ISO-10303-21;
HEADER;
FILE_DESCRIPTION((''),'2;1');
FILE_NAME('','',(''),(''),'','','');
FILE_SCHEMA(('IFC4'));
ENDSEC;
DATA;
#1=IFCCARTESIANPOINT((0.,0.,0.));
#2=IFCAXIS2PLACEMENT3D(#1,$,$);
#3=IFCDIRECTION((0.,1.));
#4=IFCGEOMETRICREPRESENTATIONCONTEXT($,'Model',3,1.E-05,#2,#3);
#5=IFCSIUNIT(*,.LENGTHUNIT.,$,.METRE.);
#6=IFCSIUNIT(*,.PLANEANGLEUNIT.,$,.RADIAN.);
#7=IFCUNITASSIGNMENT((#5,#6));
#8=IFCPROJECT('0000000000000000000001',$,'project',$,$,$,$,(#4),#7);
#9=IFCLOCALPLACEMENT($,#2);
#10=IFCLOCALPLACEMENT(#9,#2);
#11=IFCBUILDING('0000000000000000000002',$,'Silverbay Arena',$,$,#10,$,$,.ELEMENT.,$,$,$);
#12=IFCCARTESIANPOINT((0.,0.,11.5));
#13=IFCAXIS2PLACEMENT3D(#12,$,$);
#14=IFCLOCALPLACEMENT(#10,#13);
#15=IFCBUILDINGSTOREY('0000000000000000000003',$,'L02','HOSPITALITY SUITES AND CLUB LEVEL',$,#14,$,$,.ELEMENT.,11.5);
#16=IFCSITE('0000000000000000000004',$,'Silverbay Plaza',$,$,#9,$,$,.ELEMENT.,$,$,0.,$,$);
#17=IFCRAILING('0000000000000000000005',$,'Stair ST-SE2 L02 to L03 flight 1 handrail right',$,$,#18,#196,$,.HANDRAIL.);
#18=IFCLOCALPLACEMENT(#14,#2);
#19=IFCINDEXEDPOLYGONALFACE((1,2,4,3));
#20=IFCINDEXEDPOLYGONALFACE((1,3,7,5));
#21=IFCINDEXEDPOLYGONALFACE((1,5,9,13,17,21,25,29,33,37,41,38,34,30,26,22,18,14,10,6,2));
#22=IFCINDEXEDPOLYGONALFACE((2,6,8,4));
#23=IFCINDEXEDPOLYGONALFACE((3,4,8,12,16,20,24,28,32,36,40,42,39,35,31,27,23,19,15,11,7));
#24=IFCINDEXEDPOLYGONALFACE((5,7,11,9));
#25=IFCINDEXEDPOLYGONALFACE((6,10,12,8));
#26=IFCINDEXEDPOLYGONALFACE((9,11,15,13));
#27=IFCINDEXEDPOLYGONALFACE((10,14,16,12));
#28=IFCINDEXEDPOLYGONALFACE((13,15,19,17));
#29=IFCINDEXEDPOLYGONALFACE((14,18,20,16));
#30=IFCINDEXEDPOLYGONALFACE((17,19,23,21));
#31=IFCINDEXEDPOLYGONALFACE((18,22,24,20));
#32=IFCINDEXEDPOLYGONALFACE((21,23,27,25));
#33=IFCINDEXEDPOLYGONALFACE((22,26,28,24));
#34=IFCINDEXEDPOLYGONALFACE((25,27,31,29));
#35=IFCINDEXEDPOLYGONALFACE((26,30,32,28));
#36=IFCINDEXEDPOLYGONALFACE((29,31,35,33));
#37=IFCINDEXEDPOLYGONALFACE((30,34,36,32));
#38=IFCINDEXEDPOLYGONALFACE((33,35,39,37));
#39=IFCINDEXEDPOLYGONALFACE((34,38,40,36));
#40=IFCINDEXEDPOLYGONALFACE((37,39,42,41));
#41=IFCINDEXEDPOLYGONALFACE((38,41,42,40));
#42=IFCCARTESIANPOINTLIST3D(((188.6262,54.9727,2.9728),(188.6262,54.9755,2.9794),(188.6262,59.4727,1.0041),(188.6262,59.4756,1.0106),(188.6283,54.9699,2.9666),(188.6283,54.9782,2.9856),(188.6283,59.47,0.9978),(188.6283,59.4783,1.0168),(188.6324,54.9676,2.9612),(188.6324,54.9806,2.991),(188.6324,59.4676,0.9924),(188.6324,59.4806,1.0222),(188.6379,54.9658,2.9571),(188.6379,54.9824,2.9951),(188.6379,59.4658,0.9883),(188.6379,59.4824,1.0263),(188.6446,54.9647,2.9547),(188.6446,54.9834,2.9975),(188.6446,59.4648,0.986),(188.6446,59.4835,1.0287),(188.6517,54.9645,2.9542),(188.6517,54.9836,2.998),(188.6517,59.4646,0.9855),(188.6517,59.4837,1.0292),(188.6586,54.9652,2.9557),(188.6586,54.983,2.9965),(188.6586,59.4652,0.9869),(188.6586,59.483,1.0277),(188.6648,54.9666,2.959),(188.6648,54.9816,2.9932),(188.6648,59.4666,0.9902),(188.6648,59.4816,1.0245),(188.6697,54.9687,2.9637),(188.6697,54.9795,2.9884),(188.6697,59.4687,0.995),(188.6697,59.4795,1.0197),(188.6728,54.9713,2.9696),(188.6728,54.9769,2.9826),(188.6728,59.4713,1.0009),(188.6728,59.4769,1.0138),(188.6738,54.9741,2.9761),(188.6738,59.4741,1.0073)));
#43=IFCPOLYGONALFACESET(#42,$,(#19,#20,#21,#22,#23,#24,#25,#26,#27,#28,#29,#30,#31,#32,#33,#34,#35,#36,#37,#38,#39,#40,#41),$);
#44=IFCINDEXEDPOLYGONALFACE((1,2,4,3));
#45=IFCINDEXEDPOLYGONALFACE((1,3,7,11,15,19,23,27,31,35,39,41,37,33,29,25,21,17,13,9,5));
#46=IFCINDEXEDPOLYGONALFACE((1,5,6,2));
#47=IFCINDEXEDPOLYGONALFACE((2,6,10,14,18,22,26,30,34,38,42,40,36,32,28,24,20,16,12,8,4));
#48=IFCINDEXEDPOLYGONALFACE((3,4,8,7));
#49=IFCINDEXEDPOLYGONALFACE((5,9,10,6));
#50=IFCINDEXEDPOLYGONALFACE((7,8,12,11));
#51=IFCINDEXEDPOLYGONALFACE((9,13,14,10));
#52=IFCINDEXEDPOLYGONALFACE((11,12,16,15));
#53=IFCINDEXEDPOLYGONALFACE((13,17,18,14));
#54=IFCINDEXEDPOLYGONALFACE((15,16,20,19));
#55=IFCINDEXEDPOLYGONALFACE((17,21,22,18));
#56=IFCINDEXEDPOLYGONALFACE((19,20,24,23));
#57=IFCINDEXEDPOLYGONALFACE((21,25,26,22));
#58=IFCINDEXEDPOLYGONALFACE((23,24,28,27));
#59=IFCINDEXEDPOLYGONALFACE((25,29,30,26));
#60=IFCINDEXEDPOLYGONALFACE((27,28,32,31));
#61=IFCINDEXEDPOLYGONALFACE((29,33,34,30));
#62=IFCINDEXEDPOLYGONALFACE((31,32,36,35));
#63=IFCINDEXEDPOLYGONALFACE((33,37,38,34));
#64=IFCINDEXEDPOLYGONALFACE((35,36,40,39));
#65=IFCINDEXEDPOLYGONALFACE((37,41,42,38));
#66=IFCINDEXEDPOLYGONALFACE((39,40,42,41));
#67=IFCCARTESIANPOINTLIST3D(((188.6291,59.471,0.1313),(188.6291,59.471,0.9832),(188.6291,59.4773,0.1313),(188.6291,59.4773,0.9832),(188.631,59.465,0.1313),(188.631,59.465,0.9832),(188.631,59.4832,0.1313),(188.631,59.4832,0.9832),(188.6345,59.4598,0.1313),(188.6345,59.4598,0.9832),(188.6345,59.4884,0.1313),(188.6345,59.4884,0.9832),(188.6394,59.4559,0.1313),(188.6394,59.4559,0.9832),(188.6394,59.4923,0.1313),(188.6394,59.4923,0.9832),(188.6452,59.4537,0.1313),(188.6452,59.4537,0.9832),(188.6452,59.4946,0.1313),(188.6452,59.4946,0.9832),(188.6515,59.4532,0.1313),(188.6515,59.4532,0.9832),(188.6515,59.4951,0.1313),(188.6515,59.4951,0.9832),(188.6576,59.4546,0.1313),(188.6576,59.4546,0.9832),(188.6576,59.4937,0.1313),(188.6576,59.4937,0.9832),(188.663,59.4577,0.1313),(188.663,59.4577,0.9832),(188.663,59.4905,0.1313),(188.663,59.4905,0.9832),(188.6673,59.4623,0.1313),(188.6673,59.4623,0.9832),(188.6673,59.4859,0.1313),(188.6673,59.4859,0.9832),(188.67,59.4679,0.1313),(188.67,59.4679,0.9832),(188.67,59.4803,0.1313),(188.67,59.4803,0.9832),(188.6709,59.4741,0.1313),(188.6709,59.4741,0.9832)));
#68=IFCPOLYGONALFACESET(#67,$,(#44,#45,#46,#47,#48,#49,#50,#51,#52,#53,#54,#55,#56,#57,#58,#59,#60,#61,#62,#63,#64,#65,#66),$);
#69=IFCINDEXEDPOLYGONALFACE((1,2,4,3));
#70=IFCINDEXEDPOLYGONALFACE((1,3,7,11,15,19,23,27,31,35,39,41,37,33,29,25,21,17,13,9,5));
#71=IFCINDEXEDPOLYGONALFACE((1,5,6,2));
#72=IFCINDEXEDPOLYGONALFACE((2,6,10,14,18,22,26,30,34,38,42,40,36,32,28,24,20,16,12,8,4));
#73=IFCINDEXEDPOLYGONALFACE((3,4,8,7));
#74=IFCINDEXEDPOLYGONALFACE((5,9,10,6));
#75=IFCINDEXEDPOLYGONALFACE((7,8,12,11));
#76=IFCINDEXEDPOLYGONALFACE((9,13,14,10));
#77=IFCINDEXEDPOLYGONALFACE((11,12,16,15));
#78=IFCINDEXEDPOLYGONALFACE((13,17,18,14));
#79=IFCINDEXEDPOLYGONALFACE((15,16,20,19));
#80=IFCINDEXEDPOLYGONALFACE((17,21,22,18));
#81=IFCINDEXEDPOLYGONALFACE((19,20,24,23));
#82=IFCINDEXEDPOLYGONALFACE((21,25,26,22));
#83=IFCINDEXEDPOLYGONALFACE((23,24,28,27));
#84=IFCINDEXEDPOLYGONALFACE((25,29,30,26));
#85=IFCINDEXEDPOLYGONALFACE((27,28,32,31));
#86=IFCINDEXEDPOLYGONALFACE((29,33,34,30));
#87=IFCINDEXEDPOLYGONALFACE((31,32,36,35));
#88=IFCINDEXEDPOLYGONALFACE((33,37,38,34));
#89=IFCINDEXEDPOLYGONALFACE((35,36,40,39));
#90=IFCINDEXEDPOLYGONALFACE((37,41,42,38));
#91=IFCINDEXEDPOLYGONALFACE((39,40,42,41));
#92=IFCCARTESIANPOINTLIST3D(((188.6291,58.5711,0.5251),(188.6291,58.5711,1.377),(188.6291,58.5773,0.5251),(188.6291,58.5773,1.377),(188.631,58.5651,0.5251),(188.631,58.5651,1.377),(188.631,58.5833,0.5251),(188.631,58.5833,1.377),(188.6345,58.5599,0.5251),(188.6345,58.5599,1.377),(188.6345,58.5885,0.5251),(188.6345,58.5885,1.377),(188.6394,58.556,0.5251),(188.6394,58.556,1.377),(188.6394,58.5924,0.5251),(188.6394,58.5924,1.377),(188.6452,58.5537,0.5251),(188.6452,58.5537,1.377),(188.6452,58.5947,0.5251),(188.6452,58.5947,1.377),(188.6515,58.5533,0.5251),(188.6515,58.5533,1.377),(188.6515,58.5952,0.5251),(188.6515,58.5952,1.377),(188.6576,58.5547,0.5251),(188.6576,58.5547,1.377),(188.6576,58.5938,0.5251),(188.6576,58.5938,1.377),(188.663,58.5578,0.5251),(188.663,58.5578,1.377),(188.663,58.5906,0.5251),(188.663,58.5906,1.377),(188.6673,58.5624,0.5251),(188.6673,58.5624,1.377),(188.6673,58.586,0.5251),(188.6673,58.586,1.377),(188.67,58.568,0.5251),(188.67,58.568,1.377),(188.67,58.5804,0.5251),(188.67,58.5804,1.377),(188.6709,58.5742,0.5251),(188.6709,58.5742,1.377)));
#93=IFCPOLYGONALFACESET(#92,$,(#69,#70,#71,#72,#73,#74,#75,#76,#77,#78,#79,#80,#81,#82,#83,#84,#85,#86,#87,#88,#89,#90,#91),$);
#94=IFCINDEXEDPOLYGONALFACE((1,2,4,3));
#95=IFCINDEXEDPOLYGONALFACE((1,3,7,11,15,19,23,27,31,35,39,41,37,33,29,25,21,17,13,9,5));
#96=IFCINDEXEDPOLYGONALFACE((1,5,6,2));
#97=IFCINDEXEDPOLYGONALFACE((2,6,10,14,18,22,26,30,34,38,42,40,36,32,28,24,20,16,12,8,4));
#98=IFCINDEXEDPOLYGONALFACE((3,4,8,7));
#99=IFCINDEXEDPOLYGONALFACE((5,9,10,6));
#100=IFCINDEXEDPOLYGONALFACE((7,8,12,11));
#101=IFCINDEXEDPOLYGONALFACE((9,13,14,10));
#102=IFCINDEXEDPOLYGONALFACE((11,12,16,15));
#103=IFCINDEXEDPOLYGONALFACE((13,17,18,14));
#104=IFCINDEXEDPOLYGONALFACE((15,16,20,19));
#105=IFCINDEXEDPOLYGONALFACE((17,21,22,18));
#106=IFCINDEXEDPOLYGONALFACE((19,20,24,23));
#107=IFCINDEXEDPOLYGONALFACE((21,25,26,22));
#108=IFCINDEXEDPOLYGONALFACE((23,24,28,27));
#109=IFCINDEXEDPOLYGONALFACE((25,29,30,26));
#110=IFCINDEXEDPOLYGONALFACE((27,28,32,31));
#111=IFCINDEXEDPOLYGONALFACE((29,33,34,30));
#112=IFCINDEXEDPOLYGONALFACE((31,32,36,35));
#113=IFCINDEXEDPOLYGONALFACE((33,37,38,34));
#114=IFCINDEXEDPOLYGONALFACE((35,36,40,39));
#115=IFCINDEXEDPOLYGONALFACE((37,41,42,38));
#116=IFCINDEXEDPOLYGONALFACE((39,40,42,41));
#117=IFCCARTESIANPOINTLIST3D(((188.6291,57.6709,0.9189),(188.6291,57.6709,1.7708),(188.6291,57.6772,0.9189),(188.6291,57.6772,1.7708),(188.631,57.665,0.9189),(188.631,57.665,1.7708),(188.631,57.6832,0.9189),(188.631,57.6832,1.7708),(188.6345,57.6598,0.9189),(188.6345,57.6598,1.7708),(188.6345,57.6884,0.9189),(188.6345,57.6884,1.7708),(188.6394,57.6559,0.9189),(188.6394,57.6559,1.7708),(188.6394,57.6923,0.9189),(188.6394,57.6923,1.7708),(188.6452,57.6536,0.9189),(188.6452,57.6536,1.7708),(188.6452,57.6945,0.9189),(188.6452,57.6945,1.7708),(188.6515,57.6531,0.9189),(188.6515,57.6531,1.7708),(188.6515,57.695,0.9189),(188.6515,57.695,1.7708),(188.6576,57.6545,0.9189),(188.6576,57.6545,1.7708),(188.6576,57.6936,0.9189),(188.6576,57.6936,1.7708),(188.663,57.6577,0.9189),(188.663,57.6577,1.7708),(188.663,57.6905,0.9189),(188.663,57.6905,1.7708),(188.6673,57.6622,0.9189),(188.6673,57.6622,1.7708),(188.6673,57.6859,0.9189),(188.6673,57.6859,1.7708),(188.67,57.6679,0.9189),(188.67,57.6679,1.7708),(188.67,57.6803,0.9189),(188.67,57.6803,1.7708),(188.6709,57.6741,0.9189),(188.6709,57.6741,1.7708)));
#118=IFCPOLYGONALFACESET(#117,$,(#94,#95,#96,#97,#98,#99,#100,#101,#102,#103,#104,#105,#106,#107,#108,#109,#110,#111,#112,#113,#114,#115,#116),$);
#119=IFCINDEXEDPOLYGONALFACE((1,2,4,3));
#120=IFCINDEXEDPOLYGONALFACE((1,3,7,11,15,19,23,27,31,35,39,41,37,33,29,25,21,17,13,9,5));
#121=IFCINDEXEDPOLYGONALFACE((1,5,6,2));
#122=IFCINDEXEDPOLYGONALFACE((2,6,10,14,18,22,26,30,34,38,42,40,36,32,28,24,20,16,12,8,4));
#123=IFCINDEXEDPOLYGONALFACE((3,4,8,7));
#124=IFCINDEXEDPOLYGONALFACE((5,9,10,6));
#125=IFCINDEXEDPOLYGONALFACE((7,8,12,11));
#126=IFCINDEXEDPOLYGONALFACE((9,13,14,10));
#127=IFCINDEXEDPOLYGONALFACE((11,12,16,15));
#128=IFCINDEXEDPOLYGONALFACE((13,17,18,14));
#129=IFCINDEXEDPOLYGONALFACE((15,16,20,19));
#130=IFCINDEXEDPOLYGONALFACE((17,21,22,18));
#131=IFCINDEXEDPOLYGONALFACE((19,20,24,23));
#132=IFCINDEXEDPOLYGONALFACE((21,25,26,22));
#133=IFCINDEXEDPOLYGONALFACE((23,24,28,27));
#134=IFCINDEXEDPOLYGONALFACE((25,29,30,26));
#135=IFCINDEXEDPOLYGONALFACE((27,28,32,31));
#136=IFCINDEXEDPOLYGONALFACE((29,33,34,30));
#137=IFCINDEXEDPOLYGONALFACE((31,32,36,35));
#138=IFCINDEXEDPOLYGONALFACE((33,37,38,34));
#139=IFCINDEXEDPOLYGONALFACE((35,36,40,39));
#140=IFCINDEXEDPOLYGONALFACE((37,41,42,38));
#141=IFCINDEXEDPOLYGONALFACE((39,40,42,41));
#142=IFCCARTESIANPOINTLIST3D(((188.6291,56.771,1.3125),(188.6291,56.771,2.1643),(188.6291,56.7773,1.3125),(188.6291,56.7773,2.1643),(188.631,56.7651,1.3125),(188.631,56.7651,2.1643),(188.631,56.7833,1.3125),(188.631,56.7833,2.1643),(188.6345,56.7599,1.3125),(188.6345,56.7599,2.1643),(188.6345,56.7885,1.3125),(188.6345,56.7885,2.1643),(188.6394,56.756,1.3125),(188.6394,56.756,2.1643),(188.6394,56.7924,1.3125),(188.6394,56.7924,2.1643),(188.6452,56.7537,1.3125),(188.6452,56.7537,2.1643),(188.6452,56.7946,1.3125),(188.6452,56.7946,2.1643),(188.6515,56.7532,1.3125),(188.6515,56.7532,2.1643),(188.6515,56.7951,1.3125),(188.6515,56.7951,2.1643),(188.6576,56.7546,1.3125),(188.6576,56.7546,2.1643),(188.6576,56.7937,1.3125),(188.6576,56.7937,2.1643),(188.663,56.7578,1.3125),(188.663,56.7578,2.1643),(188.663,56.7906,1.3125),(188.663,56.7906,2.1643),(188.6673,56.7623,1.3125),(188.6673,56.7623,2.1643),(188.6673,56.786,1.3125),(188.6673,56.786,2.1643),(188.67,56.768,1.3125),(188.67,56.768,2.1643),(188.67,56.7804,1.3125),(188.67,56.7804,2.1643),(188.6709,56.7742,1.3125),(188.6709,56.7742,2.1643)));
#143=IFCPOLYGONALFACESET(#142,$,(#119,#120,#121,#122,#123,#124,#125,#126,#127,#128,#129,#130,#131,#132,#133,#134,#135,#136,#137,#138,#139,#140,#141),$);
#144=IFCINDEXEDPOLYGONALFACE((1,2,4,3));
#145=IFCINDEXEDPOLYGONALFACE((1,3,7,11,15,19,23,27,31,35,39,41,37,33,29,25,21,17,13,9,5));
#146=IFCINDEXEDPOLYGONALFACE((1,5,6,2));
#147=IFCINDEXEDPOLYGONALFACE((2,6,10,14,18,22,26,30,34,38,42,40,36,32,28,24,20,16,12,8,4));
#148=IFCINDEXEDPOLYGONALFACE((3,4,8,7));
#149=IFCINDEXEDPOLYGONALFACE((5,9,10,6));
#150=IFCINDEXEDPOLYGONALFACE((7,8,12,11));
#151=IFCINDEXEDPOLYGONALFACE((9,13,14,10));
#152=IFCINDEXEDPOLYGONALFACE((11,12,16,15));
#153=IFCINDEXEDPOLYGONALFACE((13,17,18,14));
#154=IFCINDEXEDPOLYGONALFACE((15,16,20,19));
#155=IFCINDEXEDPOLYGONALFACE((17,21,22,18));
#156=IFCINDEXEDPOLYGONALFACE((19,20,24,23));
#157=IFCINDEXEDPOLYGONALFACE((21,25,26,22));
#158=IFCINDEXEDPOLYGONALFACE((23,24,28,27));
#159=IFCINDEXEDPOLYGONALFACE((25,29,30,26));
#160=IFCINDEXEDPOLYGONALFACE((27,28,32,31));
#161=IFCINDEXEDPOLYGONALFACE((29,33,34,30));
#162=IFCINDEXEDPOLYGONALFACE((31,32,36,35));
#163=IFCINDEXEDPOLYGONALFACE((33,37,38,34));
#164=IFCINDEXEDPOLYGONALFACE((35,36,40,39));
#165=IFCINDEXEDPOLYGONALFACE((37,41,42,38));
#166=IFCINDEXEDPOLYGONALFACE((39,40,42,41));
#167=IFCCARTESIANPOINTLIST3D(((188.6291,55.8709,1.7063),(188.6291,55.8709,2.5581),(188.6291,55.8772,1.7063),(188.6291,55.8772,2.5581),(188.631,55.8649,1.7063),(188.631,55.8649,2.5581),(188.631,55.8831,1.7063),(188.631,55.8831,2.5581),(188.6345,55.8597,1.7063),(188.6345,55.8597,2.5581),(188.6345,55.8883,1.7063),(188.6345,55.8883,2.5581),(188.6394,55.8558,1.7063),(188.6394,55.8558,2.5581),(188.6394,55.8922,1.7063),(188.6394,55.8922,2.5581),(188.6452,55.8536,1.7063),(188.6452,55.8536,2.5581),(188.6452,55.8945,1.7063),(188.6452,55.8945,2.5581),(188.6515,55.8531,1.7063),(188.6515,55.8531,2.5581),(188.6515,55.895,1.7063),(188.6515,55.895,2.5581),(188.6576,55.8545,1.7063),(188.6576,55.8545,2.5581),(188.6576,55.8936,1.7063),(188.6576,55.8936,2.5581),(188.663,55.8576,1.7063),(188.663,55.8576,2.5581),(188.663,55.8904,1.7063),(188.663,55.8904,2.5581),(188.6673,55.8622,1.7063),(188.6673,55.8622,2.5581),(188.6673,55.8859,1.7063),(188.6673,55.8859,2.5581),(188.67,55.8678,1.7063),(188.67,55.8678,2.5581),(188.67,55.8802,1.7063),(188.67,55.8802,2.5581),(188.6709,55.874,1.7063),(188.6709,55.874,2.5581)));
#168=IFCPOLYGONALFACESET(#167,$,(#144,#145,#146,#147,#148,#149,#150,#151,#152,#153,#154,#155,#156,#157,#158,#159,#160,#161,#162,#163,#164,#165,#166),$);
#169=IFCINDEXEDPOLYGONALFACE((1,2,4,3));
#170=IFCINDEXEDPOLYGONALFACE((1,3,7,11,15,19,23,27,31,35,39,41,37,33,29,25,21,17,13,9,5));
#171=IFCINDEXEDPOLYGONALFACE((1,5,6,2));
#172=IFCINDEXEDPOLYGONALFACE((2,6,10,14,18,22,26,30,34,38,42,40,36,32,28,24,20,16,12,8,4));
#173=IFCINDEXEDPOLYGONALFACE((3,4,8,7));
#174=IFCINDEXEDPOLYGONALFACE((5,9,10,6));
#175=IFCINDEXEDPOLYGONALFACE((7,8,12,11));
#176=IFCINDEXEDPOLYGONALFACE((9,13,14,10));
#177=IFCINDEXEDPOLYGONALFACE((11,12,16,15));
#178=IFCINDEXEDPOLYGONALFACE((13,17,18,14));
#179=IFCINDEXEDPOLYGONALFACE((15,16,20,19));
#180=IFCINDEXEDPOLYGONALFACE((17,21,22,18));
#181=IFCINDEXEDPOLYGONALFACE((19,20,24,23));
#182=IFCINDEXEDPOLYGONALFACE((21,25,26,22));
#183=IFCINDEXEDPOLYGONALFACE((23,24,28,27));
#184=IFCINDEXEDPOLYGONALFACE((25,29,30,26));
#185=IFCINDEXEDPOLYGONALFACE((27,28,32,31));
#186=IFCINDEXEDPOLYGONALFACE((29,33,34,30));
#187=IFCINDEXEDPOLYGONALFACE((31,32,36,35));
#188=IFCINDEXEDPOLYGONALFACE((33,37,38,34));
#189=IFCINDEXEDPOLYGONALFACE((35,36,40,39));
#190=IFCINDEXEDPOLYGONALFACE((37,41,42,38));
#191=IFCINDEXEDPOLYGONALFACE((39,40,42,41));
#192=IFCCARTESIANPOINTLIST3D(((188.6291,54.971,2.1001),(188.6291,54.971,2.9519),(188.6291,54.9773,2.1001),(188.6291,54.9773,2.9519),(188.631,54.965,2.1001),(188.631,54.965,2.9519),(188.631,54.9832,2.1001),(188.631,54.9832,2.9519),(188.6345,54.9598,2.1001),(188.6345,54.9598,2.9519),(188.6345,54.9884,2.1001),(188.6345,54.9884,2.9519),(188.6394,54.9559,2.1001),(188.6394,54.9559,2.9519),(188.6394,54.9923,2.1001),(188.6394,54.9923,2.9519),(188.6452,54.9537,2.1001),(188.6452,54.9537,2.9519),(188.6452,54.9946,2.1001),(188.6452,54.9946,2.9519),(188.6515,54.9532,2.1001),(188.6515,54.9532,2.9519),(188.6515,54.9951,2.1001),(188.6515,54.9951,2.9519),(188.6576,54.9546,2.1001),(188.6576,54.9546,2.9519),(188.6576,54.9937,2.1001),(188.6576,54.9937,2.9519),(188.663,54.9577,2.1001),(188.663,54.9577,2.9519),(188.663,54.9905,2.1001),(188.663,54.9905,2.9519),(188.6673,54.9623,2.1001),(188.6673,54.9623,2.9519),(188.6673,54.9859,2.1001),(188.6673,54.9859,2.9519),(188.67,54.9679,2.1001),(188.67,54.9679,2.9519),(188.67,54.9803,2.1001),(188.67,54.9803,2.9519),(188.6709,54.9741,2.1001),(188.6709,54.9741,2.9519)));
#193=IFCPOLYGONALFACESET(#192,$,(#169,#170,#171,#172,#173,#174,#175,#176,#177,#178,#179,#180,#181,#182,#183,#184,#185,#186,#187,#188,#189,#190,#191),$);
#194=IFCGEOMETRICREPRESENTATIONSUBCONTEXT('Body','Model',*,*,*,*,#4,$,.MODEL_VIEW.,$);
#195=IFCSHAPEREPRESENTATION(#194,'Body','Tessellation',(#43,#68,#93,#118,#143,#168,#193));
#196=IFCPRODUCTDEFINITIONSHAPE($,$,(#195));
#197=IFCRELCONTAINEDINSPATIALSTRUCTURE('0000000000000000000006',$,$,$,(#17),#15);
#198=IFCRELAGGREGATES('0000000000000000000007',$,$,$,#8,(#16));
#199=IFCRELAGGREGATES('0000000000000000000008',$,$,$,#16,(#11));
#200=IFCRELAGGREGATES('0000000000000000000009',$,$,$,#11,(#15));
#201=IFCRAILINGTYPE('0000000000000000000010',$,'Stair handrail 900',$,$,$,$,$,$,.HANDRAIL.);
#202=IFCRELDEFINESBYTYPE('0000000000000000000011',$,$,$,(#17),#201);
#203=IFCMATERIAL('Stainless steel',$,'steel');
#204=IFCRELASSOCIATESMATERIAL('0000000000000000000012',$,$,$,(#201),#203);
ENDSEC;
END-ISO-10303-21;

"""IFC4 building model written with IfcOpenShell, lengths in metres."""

from ifc_helpers import new_model, si_unit, direction, frame, origin, origin_2d, place, context, subcontext, project, spatial, circle, extrude, material, type_object, element, save


model = new_model("IFC4")

# Units and contexts
model_context = context("Model", 3, precision=1e-05, world=origin(), true_north=direction((0.0, 1.0)))
body_context = subcontext(model_context, "Body", "Model", "MODEL_VIEW")
ifc_project = project(units=[si_unit("LENGTHUNIT", "METRE"), si_unit("PLANEANGLEUNIT", "RADIAN")], contexts=[model_context])

# Site, building, storey
site_placement = place(None, origin())
site = spatial("IfcSite", under=ifc_project, at=site_placement, Name="Silverbay Plaza", CompositionType="ELEMENT", RefElevation=0.0)
building_placement = place(site_placement, origin())
building = spatial("IfcBuilding", under=site, at=building_placement, Name="Silverbay Arena", CompositionType="ELEMENT")
storey_placement = place(building_placement, frame((0.0, 0.0, 11.5)))
storey = spatial("IfcBuildingStorey", under=building, at=storey_placement, Name="L02", Description="HOSPITALITY SUITES AND CLUB LEVEL", CompositionType="ELEMENT", Elevation=11.5)

# Railing
ifc_material_1 = material(Name="Stainless steel", Category="steel")
railing_type_1 = type_object("IfcRailingType", Name="Stair handrail 900", PredefinedType="HANDRAIL", material=ifc_material_1)
for number, where, name in (
    (1, (188.6499, 59.4741, 0.1313), "Stair ST-SE2 L02 to L03 flight 1 handrail right"),
):
    element("IfcRailing", number, at=place(storey_placement, frame(where)), inside=storey, type_object=railing_type_1, Name=name, PredefinedType="HANDRAIL", context=body_context, shape_type="SweptSolid", body=[
        extrude(circle(Radius=0.0239, at=origin_2d()), frame((0.0, 0.0, 0.876), z_axis=(0.0, -0.916157, 0.400819), x_axis=(1.0, 0.0, 0.0)), (0.0, 0.0, 1.0), 4.9119),
        extrude(circle(Radius=0.021, at=origin_2d()), origin(), (0.0, 0.0, 1.0), 0.8518),
        extrude(circle(Radius=0.021, at=origin_2d()), frame((0.0, -0.8999, 0.3938)), (0.0, 0.0, 1.0), 0.8518),
        extrude(circle(Radius=0.021, at=origin_2d()), frame((0.0, -1.8, 0.7876)), (0.0, 0.0, 1.0), 0.8518),
        extrude(circle(Radius=0.021, at=origin_2d()), frame((0.0, -2.7, 1.1812)), (0.0, 0.0, 1.0), 0.8518),
        extrude(circle(Radius=0.021, at=origin_2d()), frame((0.0, -3.6001, 1.575)), (0.0, 0.0, 1.0), 0.8518),
        extrude(circle(Radius=0.021, at=origin_2d()), frame((0.0, -4.5, 1.9688)), (0.0, 0.0, 1.0), 0.8518),
    ])

save(model, "model.ifc")
